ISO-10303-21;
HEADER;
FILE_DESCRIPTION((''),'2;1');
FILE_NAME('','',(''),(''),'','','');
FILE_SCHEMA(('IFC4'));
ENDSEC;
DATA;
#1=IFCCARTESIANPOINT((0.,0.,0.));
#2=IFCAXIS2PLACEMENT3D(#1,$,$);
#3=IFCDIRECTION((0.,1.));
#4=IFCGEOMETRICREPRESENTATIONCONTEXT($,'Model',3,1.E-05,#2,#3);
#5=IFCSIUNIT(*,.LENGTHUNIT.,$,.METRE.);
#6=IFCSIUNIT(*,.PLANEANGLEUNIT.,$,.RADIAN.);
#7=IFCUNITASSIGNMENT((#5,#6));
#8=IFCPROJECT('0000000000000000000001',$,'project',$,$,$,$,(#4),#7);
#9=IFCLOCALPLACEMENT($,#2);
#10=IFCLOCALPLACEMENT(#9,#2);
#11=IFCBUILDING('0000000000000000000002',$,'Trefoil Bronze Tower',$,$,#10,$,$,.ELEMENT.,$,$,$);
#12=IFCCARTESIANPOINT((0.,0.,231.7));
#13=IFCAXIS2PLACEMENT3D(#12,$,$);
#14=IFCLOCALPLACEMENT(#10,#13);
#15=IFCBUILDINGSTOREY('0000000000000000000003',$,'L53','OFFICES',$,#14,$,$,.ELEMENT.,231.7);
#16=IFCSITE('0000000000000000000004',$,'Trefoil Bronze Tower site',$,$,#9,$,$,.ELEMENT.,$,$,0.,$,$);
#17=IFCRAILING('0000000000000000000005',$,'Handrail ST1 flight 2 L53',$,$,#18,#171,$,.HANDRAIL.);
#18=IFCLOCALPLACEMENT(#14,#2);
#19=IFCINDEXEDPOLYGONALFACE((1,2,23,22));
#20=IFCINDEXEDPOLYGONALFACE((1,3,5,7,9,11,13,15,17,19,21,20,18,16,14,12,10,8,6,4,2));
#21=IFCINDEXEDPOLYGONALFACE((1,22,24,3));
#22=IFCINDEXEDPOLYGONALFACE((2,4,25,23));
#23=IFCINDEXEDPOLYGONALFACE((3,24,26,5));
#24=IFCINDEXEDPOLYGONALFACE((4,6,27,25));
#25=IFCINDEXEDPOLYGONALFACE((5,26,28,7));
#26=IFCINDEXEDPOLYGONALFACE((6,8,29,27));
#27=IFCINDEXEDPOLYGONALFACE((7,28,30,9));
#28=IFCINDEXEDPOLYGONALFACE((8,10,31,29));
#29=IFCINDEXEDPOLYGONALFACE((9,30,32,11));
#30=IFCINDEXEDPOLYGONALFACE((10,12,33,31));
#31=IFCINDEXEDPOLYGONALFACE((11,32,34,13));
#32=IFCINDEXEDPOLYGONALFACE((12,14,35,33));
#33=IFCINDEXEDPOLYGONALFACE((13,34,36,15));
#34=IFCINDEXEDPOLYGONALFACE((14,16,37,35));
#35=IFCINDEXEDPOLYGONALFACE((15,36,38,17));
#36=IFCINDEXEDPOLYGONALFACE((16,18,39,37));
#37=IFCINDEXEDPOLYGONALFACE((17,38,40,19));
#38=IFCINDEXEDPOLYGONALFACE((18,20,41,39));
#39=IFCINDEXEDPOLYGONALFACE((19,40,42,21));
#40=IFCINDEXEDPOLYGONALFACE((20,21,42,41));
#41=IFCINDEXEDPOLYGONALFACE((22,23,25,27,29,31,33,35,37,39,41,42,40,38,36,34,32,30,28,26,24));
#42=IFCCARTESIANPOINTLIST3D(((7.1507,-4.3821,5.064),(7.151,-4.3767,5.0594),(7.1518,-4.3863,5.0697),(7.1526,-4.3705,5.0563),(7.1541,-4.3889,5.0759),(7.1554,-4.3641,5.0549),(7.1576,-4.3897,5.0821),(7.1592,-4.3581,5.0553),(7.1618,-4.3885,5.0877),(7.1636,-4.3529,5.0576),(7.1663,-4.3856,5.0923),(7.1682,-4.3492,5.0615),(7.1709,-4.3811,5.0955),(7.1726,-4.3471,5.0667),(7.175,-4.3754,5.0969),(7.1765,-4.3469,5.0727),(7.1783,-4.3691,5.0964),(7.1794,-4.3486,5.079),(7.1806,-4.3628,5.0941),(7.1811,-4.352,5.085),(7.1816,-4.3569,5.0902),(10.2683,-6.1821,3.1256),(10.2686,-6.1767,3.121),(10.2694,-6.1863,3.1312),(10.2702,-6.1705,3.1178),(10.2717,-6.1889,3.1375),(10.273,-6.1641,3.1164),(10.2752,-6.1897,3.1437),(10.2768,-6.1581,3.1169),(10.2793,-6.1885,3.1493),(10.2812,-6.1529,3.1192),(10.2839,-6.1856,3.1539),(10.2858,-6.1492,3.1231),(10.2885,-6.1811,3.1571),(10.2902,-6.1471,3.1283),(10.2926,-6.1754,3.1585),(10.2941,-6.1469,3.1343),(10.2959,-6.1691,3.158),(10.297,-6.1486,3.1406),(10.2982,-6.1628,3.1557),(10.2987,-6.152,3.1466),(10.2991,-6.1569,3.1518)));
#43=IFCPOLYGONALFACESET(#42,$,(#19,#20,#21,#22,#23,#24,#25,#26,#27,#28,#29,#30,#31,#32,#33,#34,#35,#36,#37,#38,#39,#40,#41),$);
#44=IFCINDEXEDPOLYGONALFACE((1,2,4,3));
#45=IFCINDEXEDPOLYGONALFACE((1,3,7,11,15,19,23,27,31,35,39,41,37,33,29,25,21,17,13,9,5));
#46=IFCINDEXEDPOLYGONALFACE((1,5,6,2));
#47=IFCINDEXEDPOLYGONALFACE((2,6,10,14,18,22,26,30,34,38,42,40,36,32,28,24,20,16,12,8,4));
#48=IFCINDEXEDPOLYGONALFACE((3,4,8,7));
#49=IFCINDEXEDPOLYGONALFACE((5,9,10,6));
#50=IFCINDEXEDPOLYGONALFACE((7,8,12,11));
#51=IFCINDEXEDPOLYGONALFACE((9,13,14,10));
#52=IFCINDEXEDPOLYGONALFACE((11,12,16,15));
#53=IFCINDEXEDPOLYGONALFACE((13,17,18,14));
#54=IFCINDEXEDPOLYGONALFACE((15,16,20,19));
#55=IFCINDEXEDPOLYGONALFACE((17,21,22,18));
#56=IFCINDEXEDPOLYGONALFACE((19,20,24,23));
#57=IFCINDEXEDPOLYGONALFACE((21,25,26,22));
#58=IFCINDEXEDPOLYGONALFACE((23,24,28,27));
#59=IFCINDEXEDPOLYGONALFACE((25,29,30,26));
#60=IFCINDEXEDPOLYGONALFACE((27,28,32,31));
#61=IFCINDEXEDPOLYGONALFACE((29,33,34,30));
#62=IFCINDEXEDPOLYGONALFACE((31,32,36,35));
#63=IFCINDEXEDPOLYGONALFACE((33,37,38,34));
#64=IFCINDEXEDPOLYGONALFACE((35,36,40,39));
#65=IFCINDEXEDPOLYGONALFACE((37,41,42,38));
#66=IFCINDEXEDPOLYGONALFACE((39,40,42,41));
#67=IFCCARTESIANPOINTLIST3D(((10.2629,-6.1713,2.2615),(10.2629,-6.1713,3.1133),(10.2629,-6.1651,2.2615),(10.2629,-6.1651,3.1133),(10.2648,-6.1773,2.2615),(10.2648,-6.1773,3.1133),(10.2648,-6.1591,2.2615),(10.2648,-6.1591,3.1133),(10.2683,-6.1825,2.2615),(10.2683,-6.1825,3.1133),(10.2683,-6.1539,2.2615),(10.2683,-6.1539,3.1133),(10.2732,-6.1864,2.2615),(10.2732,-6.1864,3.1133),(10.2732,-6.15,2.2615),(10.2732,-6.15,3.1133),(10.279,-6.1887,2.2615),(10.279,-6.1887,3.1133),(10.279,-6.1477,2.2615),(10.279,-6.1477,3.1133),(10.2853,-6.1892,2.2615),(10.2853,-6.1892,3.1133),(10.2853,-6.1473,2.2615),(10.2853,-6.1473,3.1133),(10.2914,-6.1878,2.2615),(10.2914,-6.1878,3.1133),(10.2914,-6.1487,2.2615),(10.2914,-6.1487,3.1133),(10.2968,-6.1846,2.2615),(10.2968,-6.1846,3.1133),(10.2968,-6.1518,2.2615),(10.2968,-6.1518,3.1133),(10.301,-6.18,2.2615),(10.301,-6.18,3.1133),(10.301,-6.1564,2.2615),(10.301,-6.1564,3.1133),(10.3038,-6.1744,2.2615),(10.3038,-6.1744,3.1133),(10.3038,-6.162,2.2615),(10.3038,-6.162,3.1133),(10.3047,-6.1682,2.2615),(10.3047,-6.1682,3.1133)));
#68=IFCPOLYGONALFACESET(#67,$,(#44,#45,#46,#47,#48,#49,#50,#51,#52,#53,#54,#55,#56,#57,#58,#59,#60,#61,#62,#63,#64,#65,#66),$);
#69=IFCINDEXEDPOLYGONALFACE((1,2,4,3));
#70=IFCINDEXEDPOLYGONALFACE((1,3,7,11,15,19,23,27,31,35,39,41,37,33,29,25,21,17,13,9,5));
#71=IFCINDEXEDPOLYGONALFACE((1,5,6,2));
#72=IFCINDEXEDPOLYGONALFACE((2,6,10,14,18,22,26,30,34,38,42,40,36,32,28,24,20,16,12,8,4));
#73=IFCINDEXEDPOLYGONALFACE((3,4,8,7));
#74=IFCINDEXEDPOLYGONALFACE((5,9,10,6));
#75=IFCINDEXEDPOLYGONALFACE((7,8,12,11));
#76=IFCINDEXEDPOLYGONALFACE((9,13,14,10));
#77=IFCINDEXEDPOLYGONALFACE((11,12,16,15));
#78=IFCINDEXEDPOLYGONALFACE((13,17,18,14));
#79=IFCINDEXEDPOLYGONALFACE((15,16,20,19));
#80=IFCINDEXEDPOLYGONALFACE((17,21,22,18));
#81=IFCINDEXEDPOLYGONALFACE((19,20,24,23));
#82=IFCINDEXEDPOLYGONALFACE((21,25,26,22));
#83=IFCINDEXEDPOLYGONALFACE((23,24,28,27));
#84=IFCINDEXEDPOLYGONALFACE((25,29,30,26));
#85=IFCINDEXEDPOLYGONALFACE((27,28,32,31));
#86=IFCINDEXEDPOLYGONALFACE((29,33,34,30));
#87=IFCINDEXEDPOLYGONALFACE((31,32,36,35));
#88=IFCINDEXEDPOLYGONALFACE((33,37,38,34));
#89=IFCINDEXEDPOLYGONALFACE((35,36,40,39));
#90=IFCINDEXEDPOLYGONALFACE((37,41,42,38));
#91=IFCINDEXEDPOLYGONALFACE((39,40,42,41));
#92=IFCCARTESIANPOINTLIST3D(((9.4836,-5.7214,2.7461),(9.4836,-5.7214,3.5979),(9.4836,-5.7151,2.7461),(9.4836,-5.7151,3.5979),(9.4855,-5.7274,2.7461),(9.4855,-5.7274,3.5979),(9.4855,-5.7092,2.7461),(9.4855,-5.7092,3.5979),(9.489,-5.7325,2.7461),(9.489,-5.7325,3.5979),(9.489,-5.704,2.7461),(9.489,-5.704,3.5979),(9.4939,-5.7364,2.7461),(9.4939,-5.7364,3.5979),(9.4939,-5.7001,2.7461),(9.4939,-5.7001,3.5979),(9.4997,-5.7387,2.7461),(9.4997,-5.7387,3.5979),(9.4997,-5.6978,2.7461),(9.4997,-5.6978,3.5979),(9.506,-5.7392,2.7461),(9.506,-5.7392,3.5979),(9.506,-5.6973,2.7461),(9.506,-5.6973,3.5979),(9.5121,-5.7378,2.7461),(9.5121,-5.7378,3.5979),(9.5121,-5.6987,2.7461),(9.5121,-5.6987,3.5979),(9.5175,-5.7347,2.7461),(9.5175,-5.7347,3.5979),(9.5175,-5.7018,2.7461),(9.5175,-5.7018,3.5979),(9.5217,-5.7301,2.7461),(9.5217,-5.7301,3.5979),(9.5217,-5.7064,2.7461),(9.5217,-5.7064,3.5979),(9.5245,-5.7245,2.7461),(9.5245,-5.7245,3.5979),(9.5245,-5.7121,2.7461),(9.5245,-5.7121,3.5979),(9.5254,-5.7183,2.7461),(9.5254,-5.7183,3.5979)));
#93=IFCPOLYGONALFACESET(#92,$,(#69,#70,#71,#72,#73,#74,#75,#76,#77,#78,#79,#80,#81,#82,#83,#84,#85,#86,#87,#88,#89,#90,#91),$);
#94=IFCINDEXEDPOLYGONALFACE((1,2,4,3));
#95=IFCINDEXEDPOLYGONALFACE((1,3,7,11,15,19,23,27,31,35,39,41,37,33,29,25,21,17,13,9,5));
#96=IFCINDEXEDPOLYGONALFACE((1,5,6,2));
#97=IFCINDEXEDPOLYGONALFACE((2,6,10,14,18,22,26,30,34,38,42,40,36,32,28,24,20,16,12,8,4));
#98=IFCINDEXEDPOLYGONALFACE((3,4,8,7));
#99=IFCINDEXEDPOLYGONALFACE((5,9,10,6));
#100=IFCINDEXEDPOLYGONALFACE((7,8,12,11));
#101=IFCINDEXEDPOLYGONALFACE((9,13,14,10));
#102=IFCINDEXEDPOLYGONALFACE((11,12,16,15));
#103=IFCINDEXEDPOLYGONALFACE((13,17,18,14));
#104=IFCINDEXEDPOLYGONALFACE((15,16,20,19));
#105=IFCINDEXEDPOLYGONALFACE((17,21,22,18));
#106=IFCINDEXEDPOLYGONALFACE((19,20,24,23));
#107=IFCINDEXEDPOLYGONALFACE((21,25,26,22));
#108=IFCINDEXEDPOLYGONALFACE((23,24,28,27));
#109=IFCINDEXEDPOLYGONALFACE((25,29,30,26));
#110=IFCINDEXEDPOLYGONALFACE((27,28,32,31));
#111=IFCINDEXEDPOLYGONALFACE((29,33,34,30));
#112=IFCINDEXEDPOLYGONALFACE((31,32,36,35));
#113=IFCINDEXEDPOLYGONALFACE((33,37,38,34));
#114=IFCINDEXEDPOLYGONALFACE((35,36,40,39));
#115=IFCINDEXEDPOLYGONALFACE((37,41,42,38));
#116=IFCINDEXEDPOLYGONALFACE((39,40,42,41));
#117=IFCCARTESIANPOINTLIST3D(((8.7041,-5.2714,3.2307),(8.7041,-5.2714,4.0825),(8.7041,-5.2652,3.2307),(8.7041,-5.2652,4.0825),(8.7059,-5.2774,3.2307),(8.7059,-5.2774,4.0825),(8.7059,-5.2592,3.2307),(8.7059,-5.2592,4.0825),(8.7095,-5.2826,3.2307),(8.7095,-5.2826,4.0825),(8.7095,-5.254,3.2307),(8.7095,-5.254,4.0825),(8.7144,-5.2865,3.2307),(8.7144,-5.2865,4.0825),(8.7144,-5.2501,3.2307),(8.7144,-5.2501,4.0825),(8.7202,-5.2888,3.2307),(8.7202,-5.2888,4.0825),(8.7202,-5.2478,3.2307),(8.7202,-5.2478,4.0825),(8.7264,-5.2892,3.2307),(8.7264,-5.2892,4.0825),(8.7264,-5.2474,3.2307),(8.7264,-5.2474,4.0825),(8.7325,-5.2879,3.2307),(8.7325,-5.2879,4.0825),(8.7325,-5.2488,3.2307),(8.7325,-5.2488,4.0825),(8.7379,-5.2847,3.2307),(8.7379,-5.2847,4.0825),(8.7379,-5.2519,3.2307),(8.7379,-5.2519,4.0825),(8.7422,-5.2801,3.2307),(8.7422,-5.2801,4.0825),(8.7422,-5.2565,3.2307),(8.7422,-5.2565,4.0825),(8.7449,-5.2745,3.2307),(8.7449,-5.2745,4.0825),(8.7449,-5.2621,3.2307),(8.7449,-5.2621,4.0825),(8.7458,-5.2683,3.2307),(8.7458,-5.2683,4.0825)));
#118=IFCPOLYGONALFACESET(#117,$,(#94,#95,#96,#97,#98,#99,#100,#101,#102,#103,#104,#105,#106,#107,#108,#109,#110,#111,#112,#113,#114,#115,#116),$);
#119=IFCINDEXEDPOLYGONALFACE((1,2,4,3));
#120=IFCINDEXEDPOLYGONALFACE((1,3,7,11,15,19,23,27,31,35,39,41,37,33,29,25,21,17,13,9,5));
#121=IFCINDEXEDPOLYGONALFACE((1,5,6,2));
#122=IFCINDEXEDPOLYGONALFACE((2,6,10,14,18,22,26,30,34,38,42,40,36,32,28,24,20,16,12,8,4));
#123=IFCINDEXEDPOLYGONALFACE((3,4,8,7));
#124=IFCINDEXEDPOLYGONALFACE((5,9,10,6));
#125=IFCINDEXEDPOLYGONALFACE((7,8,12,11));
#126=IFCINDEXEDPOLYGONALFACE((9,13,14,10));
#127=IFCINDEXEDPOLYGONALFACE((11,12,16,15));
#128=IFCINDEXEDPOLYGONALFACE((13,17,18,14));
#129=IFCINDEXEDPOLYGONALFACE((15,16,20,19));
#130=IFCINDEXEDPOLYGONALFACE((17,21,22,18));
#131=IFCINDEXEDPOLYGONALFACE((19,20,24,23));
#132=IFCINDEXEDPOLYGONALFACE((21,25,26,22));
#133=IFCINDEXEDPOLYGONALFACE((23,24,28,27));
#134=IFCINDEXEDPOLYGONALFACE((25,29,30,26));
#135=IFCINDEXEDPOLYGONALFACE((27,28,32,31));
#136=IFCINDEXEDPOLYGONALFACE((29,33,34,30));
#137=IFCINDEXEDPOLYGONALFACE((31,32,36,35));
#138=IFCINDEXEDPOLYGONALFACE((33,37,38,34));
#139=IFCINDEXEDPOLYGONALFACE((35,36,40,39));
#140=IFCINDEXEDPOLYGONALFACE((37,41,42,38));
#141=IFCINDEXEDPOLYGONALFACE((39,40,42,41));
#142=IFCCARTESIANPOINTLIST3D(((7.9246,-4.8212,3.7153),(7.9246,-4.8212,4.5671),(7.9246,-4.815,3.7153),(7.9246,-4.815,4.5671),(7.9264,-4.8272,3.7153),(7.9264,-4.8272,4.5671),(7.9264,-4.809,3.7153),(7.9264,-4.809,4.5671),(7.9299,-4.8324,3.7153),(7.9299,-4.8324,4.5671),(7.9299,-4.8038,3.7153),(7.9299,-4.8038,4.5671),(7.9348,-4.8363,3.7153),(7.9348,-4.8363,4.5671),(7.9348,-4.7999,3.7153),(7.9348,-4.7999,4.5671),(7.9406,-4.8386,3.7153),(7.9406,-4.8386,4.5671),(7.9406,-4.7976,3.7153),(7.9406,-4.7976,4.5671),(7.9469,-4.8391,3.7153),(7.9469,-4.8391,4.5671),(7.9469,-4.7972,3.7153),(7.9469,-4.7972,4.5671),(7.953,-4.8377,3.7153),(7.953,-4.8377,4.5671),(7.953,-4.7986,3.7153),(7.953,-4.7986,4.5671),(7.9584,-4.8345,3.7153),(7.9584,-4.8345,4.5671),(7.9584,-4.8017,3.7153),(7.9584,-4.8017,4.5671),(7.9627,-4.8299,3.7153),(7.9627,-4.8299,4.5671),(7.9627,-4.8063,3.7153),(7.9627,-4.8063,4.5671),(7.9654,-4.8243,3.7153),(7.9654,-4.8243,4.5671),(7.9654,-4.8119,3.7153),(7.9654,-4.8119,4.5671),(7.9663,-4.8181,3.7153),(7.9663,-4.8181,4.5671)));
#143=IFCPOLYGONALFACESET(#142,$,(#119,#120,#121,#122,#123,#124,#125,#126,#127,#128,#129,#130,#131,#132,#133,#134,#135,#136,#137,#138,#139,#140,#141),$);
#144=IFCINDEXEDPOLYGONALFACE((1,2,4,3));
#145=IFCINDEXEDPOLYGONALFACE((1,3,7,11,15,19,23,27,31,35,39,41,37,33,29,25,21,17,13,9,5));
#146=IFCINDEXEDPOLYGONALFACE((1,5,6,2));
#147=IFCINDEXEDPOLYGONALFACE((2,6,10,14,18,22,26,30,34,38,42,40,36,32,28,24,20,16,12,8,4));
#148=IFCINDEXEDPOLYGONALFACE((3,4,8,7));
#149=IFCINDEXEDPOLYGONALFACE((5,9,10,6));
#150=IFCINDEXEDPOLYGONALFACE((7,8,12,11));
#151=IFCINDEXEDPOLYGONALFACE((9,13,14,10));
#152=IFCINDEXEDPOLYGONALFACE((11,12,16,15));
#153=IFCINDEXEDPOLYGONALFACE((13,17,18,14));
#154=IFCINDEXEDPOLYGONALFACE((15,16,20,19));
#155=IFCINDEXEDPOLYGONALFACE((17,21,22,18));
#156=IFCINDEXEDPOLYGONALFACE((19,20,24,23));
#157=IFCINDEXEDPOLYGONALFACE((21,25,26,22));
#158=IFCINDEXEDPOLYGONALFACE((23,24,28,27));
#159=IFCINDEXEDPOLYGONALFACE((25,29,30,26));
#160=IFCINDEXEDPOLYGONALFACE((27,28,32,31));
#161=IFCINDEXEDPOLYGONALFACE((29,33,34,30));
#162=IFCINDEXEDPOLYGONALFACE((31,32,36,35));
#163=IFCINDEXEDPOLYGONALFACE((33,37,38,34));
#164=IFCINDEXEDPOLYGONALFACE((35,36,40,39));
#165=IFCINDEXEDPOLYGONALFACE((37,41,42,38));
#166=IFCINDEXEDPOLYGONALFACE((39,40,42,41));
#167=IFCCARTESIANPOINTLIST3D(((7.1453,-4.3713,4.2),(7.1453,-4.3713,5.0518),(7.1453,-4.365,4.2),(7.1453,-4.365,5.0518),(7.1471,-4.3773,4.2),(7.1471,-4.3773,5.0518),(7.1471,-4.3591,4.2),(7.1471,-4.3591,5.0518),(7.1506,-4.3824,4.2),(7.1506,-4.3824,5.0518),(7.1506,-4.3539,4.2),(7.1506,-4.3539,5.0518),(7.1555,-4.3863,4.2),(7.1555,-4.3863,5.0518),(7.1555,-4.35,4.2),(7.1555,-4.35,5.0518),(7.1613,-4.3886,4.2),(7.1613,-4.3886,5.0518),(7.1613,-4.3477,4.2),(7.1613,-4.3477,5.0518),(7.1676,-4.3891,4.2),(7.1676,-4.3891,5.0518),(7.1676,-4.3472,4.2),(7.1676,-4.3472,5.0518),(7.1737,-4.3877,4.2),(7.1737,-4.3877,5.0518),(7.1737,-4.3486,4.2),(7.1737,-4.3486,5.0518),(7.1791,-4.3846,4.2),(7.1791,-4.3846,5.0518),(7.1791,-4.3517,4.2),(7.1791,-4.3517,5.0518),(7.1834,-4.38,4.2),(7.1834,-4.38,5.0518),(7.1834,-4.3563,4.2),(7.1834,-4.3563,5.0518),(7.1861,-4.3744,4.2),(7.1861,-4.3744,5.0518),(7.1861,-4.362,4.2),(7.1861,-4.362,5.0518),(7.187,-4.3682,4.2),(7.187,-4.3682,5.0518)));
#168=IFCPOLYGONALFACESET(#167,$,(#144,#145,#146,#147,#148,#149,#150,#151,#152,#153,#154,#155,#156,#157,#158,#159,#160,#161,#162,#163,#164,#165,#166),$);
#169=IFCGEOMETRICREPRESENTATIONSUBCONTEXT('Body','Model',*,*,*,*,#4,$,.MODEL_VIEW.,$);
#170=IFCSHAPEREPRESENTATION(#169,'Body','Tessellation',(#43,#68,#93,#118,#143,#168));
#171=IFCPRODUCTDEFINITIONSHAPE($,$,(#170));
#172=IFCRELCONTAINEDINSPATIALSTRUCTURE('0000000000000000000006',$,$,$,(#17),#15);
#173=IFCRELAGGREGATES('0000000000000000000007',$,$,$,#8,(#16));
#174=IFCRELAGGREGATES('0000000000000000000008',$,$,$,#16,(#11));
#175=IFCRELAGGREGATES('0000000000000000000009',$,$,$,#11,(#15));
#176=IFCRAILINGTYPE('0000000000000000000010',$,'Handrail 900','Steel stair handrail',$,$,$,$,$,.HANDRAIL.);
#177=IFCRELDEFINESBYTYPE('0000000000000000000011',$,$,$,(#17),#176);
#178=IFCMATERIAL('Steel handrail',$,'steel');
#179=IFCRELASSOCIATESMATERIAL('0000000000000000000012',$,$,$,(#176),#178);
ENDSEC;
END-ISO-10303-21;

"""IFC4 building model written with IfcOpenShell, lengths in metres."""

from ifc_helpers import new_model, si_unit, direction, frame, origin, origin_2d, place, context, subcontext, project, spatial, circle, extrude, material, type_object, element, save


model = new_model("IFC4")

# Units and contexts
model_context = context("Model", 3, precision=1e-05, world=origin(), true_north=direction((0.0, 1.0)))
body_context = subcontext(model_context, "Body", "Model", "MODEL_VIEW")
ifc_project = project(units=[si_unit("LENGTHUNIT", "METRE"), si_unit("PLANEANGLEUNIT", "RADIAN")], contexts=[model_context])

# Site, building, storey
site_placement = place(None, origin())
site = spatial("IfcSite", under=ifc_project, at=site_placement, Name="Trefoil Bronze Tower site", CompositionType="ELEMENT", RefElevation=0.0)
building_placement = place(site_placement, origin())
building = spatial("IfcBuilding", under=site, at=building_placement, Name="Trefoil Bronze Tower", CompositionType="ELEMENT")
storey_placement = place(building_placement, frame((0.0, 0.0, 231.7)))
storey = spatial("IfcBuildingStorey", under=building, at=storey_placement, Name="L53", Description="OFFICES", CompositionType="ELEMENT", Elevation=231.7)

# Railing
ifc_material_1 = material(Name="Steel handrail", Category="steel")
railing_type = type_object("IfcRailingType", Name="Handrail 900", Description="Steel stair handrail", PredefinedType="HANDRAIL", material=ifc_material_1)
railing_1_placement = place(storey_placement, frame((10.2837, -6.1682, 2.2615)))
element("IfcRailing", 1, at=railing_1_placement, inside=storey, type_object=railing_type, Name="Handrail ST1 flight 2 L53", PredefinedType="HANDRAIL", context=body_context, shape_type="SweptSolid", body=[
    extrude(circle(Radius=0.0239, at=origin_2d()), frame((0.0, 0.0, 0.876), z_axis=(-0.762503, 0.440246, 0.474102), x_axis=(-0.500012, -0.866018, 0.0)), (0.0, 0.0, 1.0), 4.0886),
    extrude(circle(Radius=0.021, at=origin_2d()), origin(), (0.0, 0.0, 1.0), 0.8518),
    extrude(circle(Radius=0.021, at=origin_2d()), frame((-0.7793, 0.45, 0.4846)), (0.0, 0.0, 1.0), 0.8518),
    extrude(circle(Radius=0.021, at=origin_2d()), frame((-1.5588, 0.8999, 0.9692)), (0.0, 0.0, 1.0), 0.8518),
    extrude(circle(Radius=0.021, at=origin_2d()), frame((-2.3384, 1.3501, 1.4539)), (0.0, 0.0, 1.0), 0.8518),
    extrude(circle(Radius=0.021, at=origin_2d()), frame((-3.1177, 1.8, 1.9385)), (0.0, 0.0, 1.0), 0.8518),
])

save(model, "model.ifc")
